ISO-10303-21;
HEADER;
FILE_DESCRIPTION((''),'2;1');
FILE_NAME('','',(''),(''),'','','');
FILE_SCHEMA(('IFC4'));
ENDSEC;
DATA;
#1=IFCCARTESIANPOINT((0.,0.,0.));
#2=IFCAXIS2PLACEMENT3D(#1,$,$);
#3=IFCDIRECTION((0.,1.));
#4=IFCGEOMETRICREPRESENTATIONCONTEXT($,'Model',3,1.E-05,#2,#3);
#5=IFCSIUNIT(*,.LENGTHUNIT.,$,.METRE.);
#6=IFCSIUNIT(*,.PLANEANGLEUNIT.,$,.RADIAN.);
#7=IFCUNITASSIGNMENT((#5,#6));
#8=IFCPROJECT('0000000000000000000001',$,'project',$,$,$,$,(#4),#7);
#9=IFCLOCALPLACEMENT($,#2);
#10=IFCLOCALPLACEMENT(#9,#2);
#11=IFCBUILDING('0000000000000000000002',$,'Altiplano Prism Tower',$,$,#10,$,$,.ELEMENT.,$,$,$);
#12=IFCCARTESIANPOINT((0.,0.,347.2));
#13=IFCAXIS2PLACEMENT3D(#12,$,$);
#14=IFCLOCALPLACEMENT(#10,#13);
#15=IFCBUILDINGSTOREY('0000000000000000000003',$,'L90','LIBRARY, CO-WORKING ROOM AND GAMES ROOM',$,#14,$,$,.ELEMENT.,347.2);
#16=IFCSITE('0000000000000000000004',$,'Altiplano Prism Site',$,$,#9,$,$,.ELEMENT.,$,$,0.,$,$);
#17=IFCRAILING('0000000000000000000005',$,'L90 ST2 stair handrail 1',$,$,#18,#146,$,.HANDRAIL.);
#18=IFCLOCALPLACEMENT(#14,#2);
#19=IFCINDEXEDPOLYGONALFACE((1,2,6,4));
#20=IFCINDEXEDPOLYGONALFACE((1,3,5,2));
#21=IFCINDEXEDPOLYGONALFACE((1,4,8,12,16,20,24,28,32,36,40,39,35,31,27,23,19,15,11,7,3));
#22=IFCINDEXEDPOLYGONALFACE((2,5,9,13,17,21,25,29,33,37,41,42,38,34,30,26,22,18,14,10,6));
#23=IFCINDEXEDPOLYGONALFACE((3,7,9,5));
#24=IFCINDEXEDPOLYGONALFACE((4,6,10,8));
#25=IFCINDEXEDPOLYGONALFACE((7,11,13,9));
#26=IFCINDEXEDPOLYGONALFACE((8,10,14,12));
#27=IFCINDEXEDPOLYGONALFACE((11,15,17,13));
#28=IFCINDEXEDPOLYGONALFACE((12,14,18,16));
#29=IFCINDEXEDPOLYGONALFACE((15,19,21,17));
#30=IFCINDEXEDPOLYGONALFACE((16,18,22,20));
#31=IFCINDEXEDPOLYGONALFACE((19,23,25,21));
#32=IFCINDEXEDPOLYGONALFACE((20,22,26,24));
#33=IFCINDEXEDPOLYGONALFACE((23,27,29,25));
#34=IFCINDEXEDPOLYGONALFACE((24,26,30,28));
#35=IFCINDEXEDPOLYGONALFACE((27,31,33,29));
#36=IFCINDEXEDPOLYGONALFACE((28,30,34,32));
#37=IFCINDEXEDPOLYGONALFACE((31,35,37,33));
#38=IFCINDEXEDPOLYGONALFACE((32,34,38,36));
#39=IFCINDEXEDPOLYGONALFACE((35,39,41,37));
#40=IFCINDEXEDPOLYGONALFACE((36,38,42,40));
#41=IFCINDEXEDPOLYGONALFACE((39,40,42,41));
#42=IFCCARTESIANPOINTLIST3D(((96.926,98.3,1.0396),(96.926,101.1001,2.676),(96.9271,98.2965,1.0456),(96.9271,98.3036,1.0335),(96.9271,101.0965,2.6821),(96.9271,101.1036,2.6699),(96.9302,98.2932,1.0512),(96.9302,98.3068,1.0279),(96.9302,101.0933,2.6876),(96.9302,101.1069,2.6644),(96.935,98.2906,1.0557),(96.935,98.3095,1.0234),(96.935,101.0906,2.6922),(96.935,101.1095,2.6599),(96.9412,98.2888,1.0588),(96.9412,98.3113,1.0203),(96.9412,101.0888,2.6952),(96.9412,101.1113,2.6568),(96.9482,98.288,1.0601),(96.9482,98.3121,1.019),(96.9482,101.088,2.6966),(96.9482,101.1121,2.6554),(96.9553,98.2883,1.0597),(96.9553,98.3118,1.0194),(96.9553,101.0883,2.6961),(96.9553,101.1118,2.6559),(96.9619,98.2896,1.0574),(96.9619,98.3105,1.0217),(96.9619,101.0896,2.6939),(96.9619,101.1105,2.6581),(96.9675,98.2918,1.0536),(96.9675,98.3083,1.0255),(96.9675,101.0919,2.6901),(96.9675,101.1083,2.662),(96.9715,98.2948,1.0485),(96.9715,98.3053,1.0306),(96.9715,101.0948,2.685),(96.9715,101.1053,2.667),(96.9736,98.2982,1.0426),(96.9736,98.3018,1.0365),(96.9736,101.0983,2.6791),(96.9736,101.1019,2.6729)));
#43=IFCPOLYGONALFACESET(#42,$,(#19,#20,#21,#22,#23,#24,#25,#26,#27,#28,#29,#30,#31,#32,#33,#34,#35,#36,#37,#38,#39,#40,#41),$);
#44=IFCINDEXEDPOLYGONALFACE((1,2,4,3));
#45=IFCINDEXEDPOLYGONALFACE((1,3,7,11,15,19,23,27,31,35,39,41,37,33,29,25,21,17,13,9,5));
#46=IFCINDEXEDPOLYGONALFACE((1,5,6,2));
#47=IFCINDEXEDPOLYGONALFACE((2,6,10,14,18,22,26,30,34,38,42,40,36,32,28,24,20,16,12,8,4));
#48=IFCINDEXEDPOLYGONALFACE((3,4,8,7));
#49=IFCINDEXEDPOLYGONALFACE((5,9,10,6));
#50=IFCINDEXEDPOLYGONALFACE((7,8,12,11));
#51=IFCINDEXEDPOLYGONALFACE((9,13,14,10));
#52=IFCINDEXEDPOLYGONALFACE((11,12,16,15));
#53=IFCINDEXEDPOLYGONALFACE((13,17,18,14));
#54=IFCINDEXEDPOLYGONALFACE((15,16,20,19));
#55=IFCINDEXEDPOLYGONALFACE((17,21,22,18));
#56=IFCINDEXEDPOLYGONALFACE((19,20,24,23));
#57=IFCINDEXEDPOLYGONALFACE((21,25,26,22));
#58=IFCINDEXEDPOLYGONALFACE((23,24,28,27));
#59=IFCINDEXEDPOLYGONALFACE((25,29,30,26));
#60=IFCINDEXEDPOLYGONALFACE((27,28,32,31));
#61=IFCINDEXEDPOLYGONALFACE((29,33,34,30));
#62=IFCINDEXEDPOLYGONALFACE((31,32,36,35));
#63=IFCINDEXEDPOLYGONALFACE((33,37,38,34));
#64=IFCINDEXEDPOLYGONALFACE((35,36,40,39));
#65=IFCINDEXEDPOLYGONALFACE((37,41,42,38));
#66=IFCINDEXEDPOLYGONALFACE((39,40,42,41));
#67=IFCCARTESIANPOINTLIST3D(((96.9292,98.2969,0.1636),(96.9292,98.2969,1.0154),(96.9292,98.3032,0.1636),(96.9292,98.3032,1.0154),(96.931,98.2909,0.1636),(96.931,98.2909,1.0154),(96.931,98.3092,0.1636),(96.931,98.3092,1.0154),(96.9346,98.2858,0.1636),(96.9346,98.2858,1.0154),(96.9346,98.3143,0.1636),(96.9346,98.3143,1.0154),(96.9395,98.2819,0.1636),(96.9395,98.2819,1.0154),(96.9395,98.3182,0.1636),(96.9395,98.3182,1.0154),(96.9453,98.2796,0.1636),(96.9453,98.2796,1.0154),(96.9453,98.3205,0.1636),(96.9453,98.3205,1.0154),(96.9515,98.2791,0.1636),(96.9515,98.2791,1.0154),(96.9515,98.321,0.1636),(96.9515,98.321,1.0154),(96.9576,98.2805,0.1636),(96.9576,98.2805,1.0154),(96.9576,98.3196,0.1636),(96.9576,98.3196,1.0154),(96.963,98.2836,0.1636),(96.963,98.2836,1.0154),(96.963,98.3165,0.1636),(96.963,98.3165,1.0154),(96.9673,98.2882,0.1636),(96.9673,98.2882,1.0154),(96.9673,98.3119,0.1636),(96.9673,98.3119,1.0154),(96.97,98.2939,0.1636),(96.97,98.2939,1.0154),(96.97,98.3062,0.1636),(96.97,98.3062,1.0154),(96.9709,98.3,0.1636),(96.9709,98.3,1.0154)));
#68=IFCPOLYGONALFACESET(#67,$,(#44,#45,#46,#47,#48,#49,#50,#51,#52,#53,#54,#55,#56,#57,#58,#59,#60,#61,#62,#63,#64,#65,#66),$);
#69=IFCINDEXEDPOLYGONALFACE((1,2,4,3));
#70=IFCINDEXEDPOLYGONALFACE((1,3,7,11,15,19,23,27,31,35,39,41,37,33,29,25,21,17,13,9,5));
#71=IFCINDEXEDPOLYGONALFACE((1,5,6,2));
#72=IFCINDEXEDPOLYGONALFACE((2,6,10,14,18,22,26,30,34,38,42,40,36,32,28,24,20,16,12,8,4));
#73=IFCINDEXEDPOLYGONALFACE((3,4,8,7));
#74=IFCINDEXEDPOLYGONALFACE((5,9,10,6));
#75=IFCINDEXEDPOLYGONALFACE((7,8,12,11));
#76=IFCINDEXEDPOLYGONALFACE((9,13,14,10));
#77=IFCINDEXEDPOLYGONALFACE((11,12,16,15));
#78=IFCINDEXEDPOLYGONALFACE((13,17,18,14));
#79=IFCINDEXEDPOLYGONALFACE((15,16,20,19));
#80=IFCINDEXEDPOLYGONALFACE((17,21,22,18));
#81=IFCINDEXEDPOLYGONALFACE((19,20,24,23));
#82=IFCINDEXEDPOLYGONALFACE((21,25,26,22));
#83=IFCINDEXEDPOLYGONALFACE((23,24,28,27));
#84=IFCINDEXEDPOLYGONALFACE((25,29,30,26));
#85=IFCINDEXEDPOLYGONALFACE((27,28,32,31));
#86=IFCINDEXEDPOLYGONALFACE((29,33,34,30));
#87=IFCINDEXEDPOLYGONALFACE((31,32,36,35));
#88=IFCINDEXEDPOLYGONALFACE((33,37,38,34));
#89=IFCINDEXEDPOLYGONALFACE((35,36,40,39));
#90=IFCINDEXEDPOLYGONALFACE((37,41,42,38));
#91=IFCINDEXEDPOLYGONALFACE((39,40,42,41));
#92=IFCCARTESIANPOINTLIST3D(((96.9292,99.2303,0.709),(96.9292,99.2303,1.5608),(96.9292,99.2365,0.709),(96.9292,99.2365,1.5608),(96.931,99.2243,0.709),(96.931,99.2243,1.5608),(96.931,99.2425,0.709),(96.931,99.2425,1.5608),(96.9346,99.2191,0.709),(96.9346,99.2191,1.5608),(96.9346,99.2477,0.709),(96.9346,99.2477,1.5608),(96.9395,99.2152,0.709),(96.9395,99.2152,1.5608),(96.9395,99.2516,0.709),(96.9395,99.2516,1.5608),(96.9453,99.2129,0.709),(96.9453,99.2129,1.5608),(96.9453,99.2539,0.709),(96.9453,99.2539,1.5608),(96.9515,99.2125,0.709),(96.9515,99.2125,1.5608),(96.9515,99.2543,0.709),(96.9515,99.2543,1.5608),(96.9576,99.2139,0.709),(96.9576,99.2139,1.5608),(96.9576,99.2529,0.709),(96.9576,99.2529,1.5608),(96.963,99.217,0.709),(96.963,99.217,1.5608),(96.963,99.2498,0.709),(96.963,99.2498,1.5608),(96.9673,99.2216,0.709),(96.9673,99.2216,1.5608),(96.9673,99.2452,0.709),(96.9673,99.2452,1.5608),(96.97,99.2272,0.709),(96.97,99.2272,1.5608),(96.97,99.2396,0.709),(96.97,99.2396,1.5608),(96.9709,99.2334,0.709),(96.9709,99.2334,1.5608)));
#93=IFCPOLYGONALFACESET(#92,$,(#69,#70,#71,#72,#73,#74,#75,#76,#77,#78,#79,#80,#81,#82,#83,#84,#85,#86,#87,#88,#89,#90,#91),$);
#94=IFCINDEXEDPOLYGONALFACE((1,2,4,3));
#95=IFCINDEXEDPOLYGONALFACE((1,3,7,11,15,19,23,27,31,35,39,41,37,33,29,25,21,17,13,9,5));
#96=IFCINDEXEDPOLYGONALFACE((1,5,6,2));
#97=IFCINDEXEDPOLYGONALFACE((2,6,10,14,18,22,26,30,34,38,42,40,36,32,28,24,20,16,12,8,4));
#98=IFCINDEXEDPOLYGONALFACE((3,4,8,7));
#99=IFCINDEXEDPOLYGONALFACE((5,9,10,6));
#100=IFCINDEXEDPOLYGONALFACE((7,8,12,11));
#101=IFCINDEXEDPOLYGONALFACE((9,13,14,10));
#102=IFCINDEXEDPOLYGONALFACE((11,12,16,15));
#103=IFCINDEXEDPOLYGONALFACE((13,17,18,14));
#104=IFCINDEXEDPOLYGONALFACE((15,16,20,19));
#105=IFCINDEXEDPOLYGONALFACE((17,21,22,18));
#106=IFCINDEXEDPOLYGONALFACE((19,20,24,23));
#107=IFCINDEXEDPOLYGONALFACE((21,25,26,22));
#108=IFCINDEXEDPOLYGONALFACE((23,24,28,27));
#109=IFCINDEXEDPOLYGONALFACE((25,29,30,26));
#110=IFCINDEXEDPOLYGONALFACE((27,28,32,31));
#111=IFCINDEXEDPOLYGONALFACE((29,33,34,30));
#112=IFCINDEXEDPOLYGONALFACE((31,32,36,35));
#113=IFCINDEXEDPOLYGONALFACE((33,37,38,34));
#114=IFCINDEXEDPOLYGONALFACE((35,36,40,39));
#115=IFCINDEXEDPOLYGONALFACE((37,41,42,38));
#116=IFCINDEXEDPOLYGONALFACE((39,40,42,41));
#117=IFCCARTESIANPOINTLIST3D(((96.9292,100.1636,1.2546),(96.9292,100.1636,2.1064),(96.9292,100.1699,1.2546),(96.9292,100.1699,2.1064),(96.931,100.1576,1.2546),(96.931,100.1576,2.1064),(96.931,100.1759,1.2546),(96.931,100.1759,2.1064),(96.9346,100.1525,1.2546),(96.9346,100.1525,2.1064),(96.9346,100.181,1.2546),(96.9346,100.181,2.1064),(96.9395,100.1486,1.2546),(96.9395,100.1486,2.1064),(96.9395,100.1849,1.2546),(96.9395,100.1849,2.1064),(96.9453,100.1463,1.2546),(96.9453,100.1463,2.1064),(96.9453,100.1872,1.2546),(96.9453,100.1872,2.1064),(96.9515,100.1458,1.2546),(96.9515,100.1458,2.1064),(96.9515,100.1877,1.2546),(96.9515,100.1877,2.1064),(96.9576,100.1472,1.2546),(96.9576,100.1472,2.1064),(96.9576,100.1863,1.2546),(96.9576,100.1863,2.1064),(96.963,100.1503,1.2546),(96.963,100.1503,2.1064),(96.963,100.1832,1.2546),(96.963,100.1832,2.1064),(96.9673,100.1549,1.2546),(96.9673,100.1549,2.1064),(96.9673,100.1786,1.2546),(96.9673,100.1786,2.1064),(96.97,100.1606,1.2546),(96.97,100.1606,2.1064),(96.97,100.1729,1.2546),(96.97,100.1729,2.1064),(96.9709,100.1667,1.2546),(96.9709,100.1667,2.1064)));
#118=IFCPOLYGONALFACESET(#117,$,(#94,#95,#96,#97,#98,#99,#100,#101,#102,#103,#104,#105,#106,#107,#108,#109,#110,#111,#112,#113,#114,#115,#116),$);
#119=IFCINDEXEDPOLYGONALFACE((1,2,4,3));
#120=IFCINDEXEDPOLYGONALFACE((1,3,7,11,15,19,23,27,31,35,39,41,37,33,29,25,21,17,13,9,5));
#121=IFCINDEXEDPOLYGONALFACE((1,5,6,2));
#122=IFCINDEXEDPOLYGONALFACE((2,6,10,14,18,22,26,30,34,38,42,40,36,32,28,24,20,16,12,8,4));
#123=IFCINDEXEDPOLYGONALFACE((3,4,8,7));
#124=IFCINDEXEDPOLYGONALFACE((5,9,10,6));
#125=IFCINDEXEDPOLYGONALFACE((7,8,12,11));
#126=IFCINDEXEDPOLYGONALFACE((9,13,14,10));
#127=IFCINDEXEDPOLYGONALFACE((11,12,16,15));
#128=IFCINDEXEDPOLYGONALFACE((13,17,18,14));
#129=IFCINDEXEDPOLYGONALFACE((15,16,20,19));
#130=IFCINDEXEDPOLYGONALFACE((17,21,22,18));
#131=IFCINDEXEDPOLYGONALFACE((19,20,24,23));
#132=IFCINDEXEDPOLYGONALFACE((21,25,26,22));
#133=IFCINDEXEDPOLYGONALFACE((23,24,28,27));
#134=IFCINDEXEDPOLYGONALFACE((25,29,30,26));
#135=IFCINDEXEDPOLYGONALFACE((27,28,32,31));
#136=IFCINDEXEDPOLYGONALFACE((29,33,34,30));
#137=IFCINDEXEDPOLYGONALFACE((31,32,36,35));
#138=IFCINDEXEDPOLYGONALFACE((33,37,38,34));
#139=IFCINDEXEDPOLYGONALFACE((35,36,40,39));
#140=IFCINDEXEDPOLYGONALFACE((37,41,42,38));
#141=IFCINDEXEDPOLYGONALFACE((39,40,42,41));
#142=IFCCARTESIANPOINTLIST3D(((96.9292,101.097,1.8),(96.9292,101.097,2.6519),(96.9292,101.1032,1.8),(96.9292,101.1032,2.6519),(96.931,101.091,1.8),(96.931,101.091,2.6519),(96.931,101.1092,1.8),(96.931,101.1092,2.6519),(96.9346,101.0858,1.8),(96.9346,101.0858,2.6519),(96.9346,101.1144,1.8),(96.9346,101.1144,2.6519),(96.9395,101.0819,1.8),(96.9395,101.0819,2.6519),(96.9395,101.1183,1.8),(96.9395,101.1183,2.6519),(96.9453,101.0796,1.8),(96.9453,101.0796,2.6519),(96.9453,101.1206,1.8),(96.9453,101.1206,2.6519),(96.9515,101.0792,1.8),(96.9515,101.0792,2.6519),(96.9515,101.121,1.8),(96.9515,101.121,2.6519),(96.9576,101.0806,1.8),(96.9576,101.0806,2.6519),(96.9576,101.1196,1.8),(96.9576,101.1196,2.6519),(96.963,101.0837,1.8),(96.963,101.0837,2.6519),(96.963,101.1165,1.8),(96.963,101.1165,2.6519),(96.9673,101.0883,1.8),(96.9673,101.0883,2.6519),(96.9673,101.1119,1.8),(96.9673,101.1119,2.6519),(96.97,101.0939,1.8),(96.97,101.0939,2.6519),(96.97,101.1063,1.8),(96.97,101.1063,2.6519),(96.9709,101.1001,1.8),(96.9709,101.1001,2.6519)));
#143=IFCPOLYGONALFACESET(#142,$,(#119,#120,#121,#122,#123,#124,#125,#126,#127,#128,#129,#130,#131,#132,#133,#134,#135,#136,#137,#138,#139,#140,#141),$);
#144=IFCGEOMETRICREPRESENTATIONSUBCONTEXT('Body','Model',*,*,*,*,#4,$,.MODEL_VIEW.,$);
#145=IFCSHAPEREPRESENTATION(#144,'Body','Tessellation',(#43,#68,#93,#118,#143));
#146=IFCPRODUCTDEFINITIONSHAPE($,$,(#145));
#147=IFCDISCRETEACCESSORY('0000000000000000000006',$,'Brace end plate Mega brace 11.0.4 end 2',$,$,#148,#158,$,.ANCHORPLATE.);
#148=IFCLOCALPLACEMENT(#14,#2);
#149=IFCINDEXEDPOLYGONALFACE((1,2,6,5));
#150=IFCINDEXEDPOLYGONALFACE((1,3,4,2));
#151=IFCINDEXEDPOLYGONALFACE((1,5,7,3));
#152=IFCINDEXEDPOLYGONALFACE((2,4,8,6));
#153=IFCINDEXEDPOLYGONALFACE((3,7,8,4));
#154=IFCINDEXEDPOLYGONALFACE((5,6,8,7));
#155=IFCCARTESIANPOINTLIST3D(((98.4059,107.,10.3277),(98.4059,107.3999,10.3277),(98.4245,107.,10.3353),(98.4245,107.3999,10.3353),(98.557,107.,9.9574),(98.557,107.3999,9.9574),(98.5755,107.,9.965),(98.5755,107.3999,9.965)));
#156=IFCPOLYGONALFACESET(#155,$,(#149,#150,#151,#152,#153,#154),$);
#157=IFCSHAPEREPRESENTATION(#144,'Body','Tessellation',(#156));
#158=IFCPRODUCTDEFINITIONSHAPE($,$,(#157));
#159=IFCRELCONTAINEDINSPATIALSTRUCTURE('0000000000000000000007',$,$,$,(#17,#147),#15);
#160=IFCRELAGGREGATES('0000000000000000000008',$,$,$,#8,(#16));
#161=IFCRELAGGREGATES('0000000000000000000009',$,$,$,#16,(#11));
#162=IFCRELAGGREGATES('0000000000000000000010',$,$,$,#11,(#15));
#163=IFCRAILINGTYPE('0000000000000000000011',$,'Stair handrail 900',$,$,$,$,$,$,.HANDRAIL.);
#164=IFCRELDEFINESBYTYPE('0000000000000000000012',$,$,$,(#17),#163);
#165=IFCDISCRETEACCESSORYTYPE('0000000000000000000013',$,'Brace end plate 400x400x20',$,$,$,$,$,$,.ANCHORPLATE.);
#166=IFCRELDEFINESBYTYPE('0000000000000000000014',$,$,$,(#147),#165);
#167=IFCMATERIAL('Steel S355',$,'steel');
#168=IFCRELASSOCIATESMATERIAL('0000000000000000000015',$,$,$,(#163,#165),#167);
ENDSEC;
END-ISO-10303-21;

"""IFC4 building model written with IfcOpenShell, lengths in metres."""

from ifc_helpers import new_model, si_unit, direction, frame, origin, origin_2d, place, context, subcontext, project, spatial, rectangle, circle, extrude, material, material_profile, profile_set, type_object, element, save


model = new_model("IFC4")

# Units and contexts
model_context = context("Model", 3, precision=1e-05, world=origin(), true_north=direction((0.0, 1.0)))
body_context = subcontext(model_context, "Body", "Model", "MODEL_VIEW")
ifc_project = project(units=[si_unit("LENGTHUNIT", "METRE"), si_unit("PLANEANGLEUNIT", "RADIAN")], contexts=[model_context])

# Site, building, storey
site_placement = place(None, origin())
site = spatial("IfcSite", under=ifc_project, at=site_placement, Name="Altiplano Prism Site", CompositionType="ELEMENT", RefElevation=0.0)
building_placement = place(site_placement, origin())
building = spatial("IfcBuilding", under=site, at=building_placement, Name="Altiplano Prism Tower", CompositionType="ELEMENT")
storey_placement = place(building_placement, frame((0.0, 0.0, 347.2)))
storey = spatial("IfcBuildingStorey", under=building, at=storey_placement, Name="L90", Description="LIBRARY, CO-WORKING ROOM AND GAMES ROOM", CompositionType="ELEMENT", Elevation=347.2)

# Shared definitions
ifc_material_1 = material(Name="Steel S355", Category="steel")

# Railing
railing_type = type_object("IfcRailingType", Name="Stair handrail 900", PredefinedType="HANDRAIL", material=ifc_material_1)
railing_placement = place(storey_placement, frame((96.95, 98.3, 0.1636)))
element("IfcRailing", 1, at=railing_placement, inside=storey, type_object=railing_type, Name="L90 ST2 stair handrail 1", PredefinedType="HANDRAIL", context=body_context, shape_type="SweptSolid", body=[
    extrude(circle(Radius=0.0239, at=origin_2d()), frame((0.0, 0.0, 0.876), z_axis=(0.0, 0.863361, 0.504587), x_axis=(-1.0, 0.0, 0.0)), (0.0, 0.0, 1.0), 3.2432),
    extrude(circle(Radius=0.021, at=origin_2d()), origin(), (0.0, 0.0, 1.0), 0.8518),
    extrude(circle(Radius=0.021, at=origin_2d()), frame((0.0, 0.9333, 0.5454)), (0.0, 0.0, 1.0), 0.8518),
    extrude(circle(Radius=0.021, at=origin_2d()), frame((0.0, 1.8667, 1.0911)), (0.0, 0.0, 1.0), 0.8518),
    extrude(circle(Radius=0.021, at=origin_2d()), frame((0.0, 2.8, 1.6365)), (0.0, 0.0, 1.0), 0.8518),
])

# Discrete accessory
ifc_material_profile_1 = material_profile(ifc_material_1, rectangle(XDim=0.3999, YDim=0.3999, at=origin_2d()), Name="Brace end plate 400x400x20")
ifc_profile_set_1 = profile_set([ifc_material_profile_1], Name="Steel S355")
discrete_accessory_type = type_object("IfcDiscreteAccessoryType", Name="Brace end plate 400x400x20", PredefinedType="ANCHORPLATE", material=ifc_profile_set_1)
discrete_accessory_placement = place(storey_placement, frame((98.5, 107.2, 10.1501), z_axis=(-0.925935, 0.0, -0.377684), x_axis=(0.0, -1.0, 0.0)))
element("IfcDiscreteAccessory", 2, at=discrete_accessory_placement, inside=storey, type_object=discrete_accessory_type, Name="Brace end plate Mega brace 11.0.4 end 2", PredefinedType="ANCHORPLATE", context=body_context, shape_type="SweptSolid", body=[
    extrude(rectangle(XDim=0.3999, YDim=0.3999, at=origin_2d()), origin(), (0.0, 0.0, 1.0), 0.02),
])

save(model, "model.ifc")
